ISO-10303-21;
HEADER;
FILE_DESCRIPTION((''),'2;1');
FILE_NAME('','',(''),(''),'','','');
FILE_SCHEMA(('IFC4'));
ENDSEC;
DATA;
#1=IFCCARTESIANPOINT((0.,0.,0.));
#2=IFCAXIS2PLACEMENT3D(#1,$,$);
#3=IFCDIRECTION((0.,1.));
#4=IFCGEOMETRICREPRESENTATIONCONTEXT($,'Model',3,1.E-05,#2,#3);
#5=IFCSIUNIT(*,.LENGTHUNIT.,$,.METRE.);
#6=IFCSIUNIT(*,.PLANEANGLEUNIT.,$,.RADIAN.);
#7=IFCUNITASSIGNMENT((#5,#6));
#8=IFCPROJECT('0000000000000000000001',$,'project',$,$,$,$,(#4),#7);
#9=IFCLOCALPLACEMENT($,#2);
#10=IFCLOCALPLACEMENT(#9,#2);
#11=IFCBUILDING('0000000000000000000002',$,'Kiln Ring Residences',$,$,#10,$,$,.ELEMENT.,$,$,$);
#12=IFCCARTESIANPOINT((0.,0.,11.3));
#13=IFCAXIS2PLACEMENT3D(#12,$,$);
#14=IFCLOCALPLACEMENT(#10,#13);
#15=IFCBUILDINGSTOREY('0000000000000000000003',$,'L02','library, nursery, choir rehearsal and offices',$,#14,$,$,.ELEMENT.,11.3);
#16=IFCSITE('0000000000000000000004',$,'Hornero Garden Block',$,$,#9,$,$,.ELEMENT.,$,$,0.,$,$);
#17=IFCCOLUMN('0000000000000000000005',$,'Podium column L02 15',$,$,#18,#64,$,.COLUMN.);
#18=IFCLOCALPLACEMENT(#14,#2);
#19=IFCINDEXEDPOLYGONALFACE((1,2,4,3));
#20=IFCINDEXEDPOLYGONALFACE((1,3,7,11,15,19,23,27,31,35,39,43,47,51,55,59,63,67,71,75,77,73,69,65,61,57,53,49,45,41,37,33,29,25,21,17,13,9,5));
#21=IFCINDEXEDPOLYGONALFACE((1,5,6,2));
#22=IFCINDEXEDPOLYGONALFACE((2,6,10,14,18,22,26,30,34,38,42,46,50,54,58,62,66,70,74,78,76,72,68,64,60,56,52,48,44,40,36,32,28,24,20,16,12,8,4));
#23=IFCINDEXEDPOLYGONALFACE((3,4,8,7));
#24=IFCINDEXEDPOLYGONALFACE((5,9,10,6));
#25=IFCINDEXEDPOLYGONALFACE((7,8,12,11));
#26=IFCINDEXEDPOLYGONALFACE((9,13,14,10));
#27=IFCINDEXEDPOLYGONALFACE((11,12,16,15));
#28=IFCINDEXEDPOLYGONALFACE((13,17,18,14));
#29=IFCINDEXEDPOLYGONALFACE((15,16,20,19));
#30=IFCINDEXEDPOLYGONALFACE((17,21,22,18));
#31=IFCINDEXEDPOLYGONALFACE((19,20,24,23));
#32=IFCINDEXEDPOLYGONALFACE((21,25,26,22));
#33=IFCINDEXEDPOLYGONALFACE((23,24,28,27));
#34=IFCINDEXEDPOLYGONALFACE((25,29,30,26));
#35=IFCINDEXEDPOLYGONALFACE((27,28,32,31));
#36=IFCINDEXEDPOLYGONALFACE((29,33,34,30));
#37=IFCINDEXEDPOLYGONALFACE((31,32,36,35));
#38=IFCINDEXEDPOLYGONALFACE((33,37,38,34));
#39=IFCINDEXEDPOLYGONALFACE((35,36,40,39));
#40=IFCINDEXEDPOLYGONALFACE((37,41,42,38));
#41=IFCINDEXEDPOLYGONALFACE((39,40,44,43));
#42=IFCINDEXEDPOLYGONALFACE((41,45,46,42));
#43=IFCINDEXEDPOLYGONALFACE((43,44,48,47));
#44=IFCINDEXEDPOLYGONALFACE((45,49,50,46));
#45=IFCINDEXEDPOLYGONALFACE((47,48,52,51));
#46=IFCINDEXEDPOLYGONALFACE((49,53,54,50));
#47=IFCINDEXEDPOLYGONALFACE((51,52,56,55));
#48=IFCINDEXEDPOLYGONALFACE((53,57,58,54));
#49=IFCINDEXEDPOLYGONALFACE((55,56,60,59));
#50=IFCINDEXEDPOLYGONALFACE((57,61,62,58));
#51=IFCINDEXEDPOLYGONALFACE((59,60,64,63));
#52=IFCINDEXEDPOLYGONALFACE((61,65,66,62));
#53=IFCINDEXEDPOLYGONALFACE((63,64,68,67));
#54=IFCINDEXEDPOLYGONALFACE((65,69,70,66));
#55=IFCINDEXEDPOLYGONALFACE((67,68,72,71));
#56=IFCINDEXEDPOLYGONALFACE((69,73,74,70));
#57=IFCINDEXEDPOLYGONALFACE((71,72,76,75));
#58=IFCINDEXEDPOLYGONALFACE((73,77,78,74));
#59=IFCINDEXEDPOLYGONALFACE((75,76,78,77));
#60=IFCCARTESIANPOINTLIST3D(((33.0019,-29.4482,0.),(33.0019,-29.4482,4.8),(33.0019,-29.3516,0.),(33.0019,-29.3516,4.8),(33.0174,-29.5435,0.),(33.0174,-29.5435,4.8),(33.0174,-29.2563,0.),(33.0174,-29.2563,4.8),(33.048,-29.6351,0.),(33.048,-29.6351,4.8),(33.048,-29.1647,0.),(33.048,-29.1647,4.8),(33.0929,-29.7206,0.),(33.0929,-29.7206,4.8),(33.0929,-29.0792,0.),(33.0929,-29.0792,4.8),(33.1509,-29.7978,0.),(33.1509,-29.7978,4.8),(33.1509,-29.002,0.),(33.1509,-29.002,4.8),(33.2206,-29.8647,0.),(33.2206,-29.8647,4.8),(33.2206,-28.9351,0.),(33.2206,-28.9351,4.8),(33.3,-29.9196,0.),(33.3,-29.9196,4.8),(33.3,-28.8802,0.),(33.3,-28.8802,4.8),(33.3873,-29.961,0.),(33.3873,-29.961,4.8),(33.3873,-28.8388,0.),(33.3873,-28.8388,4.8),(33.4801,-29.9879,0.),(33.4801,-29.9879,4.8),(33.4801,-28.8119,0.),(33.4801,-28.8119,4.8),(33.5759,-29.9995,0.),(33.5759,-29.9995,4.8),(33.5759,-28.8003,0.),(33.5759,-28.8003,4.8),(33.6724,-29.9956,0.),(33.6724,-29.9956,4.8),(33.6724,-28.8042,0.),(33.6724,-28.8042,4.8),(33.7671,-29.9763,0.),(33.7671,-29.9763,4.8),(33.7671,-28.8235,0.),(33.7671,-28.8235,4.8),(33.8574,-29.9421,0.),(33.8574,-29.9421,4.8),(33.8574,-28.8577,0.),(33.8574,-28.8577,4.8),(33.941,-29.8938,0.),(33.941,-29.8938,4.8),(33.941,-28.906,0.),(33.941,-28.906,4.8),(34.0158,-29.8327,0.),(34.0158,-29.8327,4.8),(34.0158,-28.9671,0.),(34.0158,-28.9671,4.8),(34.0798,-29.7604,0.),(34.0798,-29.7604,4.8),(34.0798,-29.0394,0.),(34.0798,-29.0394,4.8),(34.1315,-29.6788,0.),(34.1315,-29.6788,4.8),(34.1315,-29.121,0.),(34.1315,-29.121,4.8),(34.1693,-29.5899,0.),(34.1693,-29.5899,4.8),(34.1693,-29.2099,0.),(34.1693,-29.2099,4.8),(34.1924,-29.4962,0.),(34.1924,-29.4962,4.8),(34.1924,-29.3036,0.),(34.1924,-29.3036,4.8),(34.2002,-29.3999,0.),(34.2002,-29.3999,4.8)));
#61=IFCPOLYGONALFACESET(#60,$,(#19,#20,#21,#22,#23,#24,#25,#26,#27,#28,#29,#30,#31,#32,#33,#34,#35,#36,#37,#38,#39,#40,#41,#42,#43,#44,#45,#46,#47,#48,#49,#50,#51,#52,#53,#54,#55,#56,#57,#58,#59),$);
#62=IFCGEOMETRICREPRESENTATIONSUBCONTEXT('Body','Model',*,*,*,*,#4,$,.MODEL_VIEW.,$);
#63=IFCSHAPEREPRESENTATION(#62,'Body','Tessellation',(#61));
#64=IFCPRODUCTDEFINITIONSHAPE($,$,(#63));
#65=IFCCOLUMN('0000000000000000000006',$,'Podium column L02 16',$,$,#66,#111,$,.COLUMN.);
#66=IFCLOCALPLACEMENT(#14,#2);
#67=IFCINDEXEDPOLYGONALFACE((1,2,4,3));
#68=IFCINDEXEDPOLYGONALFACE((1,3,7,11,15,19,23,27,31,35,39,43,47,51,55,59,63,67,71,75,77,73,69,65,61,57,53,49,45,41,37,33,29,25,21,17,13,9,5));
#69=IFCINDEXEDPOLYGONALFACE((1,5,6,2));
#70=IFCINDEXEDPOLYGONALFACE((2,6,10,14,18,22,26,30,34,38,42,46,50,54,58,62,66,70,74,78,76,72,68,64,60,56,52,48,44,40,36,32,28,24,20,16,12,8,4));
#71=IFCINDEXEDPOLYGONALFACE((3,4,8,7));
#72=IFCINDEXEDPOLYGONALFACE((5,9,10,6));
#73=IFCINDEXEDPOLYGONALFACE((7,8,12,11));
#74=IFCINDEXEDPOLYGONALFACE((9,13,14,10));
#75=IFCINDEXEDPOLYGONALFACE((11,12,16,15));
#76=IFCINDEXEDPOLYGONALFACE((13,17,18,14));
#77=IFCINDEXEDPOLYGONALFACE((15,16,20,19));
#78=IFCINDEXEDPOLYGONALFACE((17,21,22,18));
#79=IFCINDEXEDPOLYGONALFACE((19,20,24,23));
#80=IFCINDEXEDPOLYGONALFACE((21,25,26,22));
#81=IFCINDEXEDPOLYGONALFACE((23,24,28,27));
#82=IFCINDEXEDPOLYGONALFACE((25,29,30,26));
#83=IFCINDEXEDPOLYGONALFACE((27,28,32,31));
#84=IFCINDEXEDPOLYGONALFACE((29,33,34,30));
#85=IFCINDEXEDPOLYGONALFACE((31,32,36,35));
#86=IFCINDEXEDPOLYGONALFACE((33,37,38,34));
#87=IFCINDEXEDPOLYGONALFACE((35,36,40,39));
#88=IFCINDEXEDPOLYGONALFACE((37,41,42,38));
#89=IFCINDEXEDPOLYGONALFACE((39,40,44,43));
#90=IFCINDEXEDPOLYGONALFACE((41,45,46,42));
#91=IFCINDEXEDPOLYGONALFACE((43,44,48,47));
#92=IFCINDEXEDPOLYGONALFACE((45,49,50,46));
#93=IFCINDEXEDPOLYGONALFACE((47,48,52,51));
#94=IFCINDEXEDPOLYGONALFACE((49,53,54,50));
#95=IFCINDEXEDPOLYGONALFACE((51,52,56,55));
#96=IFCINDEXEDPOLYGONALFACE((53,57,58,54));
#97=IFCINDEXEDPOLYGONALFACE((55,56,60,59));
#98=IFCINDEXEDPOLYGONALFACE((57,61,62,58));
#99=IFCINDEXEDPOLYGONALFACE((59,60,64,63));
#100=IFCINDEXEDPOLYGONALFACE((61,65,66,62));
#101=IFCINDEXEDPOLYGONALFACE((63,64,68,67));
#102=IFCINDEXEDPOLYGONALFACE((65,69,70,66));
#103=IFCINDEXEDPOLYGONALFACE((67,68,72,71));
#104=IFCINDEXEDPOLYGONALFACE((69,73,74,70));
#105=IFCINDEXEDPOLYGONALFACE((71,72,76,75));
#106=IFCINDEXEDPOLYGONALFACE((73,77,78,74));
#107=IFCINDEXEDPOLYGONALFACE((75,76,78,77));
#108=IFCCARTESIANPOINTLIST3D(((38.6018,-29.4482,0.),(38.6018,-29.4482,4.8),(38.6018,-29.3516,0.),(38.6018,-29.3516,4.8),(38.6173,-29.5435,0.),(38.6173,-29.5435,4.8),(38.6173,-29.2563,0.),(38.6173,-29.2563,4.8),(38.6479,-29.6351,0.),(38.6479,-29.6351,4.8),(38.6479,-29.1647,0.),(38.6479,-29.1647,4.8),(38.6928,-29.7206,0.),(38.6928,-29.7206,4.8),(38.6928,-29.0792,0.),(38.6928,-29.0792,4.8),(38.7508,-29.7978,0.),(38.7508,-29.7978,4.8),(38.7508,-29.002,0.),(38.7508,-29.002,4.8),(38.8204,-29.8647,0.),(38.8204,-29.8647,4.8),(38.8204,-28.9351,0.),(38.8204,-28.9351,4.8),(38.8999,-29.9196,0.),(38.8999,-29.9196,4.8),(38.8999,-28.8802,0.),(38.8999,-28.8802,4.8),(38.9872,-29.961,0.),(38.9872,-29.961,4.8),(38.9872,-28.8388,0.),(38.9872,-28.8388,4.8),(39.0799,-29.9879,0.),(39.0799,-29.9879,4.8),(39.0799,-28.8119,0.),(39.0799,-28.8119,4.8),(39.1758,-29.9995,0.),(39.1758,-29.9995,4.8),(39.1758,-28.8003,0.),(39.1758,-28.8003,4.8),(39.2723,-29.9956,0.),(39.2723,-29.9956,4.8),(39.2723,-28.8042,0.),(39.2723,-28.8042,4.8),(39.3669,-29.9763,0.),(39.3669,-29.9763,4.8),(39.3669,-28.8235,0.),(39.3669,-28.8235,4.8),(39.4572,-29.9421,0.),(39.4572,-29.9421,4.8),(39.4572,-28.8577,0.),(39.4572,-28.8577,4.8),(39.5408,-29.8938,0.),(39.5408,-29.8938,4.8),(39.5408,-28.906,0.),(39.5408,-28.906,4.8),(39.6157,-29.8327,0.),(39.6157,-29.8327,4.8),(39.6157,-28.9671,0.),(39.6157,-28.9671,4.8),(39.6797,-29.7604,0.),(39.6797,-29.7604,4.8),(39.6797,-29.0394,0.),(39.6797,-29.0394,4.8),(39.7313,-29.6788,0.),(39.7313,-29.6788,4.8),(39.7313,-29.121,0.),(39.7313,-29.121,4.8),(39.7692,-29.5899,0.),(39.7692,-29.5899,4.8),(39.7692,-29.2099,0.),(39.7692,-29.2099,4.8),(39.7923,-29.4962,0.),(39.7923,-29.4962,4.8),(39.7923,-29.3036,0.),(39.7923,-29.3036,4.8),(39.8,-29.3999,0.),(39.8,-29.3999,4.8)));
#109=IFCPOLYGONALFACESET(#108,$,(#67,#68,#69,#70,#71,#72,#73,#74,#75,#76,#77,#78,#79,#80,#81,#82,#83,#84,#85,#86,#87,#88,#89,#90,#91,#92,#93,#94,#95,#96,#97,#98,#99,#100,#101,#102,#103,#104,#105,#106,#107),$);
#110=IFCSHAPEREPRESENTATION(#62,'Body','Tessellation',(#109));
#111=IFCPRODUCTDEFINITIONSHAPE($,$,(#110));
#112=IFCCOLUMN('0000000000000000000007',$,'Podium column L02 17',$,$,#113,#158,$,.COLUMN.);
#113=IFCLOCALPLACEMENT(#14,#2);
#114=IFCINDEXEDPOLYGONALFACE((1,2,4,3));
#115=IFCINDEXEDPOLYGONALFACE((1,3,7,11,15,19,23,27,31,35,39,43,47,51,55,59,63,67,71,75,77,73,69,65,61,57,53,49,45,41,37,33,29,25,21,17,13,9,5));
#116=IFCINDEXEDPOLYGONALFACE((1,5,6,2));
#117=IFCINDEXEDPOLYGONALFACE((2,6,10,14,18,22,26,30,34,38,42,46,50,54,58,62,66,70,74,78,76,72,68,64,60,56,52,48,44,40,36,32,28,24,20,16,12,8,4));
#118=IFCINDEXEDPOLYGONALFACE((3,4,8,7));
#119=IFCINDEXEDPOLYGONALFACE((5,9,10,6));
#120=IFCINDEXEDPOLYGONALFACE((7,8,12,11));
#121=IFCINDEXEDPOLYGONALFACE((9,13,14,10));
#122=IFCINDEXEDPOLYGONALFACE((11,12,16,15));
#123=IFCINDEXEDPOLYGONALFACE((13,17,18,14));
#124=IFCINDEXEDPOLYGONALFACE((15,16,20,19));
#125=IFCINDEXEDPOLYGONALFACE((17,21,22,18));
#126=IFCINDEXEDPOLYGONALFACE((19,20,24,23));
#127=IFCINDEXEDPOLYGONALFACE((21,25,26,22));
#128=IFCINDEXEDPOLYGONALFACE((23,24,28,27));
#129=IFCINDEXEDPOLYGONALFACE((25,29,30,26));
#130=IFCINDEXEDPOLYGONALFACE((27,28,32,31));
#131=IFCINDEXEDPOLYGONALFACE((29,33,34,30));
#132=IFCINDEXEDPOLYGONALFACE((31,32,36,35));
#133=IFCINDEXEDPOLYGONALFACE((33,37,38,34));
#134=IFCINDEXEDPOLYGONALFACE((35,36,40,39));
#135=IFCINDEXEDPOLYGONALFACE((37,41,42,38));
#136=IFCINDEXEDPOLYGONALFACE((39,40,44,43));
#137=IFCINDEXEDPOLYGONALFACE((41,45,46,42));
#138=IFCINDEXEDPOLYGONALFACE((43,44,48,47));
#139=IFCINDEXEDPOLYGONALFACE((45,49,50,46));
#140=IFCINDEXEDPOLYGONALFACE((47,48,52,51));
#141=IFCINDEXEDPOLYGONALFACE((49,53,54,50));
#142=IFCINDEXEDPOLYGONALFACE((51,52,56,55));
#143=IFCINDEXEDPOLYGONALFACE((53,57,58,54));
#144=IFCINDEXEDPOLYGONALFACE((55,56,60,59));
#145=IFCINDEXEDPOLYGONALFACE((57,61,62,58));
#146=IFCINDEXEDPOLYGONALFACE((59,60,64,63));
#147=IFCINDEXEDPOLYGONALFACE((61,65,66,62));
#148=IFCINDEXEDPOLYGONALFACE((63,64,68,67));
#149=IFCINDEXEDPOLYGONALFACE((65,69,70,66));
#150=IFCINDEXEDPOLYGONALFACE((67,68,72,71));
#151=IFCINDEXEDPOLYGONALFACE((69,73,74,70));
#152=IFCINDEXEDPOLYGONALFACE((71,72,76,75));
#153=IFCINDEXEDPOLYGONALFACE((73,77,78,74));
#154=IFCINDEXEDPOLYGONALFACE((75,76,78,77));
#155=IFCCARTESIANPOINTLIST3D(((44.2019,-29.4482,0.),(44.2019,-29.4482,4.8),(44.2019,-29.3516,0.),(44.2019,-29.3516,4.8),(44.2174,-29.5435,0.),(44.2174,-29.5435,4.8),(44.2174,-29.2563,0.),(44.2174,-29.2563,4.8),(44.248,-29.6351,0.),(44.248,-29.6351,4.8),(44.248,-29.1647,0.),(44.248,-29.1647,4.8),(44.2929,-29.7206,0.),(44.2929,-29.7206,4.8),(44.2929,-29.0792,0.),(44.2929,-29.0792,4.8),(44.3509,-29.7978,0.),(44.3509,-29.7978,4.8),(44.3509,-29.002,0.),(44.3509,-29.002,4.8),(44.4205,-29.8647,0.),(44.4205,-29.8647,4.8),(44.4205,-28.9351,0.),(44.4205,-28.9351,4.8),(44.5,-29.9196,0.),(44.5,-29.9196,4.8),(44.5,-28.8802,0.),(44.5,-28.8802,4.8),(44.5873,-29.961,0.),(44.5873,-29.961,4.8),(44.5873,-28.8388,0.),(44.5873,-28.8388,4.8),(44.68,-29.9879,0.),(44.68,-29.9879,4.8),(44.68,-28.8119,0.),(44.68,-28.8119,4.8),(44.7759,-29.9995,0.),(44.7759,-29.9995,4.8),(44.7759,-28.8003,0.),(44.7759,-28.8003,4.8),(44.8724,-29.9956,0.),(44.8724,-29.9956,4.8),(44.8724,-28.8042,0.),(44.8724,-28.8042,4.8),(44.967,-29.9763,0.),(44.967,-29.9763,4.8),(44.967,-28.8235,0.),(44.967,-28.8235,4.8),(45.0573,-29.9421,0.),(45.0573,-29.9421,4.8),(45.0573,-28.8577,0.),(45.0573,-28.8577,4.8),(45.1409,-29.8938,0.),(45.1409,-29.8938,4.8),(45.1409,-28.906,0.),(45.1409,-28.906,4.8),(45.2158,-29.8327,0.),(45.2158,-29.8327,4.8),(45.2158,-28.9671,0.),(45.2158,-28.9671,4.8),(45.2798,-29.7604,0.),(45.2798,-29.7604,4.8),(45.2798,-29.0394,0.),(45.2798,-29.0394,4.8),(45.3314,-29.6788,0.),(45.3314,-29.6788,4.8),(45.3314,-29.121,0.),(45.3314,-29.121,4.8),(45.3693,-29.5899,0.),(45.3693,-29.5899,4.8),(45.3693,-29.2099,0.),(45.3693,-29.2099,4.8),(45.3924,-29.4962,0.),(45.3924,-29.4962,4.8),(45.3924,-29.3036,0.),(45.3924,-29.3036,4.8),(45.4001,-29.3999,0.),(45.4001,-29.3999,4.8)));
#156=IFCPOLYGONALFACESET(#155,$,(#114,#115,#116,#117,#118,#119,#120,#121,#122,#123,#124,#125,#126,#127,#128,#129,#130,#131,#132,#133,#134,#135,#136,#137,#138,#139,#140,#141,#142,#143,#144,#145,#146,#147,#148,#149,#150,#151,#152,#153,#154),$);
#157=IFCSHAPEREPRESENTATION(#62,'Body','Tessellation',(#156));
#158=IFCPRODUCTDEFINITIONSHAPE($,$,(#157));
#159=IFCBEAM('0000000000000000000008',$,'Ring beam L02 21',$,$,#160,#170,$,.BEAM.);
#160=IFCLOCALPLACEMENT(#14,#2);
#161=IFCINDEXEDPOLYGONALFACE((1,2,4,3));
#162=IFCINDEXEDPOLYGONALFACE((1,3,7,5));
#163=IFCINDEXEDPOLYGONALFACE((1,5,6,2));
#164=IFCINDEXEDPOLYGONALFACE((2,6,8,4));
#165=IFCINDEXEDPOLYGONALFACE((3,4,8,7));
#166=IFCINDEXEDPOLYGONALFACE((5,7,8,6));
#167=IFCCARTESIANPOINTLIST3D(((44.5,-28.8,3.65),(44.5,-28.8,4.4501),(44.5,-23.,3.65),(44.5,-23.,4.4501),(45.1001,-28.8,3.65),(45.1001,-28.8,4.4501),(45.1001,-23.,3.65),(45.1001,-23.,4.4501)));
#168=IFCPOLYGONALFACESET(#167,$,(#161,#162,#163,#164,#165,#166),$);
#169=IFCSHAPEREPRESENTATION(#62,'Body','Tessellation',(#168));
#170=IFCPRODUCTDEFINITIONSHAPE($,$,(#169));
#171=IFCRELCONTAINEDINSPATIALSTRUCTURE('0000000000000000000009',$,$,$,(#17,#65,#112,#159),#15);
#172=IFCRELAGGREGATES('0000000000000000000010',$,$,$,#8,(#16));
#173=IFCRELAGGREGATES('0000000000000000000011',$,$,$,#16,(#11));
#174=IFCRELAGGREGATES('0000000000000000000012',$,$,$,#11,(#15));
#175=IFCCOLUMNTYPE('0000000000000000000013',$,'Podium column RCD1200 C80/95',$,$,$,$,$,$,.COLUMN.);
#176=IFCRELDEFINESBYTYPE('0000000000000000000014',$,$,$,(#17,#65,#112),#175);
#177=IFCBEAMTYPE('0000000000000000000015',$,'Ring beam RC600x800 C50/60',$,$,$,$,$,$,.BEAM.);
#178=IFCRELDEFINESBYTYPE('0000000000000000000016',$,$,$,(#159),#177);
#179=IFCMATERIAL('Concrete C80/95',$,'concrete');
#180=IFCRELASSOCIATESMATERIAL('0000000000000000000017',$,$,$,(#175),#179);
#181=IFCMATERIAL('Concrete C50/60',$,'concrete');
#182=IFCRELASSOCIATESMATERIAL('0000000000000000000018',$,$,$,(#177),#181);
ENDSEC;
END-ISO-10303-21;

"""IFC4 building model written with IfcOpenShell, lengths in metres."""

from ifc_helpers import new_model, si_unit, direction, frame, origin, origin_2d, place, context, subcontext, project, spatial, rectangle, circle, extrude, material, material_profile, profile_set, type_object, element, save


model = new_model("IFC4")

# Units and contexts
model_context = context("Model", 3, precision=1e-05, world=origin(), true_north=direction((0.0, 1.0)))
body_context = subcontext(model_context, "Body", "Model", "MODEL_VIEW")
ifc_project = project(units=[si_unit("LENGTHUNIT", "METRE"), si_unit("PLANEANGLEUNIT", "RADIAN")], contexts=[model_context])

# Site, building, storey
site_placement = place(None, origin())
site = spatial("IfcSite", under=ifc_project, at=site_placement, Name="Hornero Garden Block", CompositionType="ELEMENT", RefElevation=0.0)
building_placement = place(site_placement, origin())
building = spatial("IfcBuilding", under=site, at=building_placement, Name="Kiln Ring Residences", CompositionType="ELEMENT")
storey_placement = place(building_placement, frame((0.0, 0.0, 11.3)))
storey = spatial("IfcBuildingStorey", under=building, at=storey_placement, Name="L02", Description="library, nursery, choir rehearsal and offices", CompositionType="ELEMENT", Elevation=11.3)

# Columns
ifc_material_1 = material(Name="Concrete C80/95", Category="concrete")
ifc_material_profile_1 = material_profile(ifc_material_1, circle(Radius=0.6001, at=origin_2d()), Name="RCD1200")
ifc_profile_set_1 = profile_set([ifc_material_profile_1], Name="Concrete C80/95")
column_type = type_object("IfcColumnType", Name="Podium column RCD1200 C80/95", PredefinedType="COLUMN", material=ifc_profile_set_1)
for number, where, z_axis, x_axis, name in (
    (1, (33.6001, -29.3999, 0.0), (0.0, 0.0, 1.0), (1.0, 0.0, 0.0), "Podium column L02 15"),
    (2, (39.2, -29.3999, 0.0), (0.0, 0.0, 1.0), (1.0, 0.0, 0.0), "Podium column L02 16"),
    (3, (44.8, -29.3999, 0.0), (0.0, 0.0, 1.0), (1.0, 0.0, 0.0), "Podium column L02 17"),
):
    element("IfcColumn", number, at=place(storey_placement, frame(where, z_axis=z_axis, x_axis=x_axis)), inside=storey, type_object=column_type, Name=name, PredefinedType="COLUMN", context=body_context, shape_type="SweptSolid", body=[
        extrude(circle(Radius=0.6001, at=origin_2d()), origin(), (0.0, 0.0, 1.0), 4.8),
    ])

# Beam
ifc_material_2 = material(Name="Concrete C50/60", Category="concrete")
ifc_material_profile_2 = material_profile(ifc_material_2, rectangle(XDim=0.6001, YDim=0.8, at=origin_2d()), Name="RC600x800")
ifc_profile_set_2 = profile_set([ifc_material_profile_2], Name="Concrete C50/60")
beam_type = type_object("IfcBeamType", Name="Ring beam RC600x800 C50/60", PredefinedType="BEAM", material=ifc_profile_set_2)
beam_placement = place(storey_placement, frame((44.8, -23.0, 4.05), z_axis=(0.0, -1.0, 0.0), x_axis=(1.0, 0.0, 0.0)))
element("IfcBeam", 4, at=beam_placement, inside=storey, type_object=beam_type, Name="Ring beam L02 21", PredefinedType="BEAM", context=body_context, shape_type="SweptSolid", body=[
    extrude(rectangle(XDim=0.6001, YDim=0.8, at=origin_2d()), origin(), (0.0, 0.0, 1.0), 5.8),
])

save(model, "model.ifc")
